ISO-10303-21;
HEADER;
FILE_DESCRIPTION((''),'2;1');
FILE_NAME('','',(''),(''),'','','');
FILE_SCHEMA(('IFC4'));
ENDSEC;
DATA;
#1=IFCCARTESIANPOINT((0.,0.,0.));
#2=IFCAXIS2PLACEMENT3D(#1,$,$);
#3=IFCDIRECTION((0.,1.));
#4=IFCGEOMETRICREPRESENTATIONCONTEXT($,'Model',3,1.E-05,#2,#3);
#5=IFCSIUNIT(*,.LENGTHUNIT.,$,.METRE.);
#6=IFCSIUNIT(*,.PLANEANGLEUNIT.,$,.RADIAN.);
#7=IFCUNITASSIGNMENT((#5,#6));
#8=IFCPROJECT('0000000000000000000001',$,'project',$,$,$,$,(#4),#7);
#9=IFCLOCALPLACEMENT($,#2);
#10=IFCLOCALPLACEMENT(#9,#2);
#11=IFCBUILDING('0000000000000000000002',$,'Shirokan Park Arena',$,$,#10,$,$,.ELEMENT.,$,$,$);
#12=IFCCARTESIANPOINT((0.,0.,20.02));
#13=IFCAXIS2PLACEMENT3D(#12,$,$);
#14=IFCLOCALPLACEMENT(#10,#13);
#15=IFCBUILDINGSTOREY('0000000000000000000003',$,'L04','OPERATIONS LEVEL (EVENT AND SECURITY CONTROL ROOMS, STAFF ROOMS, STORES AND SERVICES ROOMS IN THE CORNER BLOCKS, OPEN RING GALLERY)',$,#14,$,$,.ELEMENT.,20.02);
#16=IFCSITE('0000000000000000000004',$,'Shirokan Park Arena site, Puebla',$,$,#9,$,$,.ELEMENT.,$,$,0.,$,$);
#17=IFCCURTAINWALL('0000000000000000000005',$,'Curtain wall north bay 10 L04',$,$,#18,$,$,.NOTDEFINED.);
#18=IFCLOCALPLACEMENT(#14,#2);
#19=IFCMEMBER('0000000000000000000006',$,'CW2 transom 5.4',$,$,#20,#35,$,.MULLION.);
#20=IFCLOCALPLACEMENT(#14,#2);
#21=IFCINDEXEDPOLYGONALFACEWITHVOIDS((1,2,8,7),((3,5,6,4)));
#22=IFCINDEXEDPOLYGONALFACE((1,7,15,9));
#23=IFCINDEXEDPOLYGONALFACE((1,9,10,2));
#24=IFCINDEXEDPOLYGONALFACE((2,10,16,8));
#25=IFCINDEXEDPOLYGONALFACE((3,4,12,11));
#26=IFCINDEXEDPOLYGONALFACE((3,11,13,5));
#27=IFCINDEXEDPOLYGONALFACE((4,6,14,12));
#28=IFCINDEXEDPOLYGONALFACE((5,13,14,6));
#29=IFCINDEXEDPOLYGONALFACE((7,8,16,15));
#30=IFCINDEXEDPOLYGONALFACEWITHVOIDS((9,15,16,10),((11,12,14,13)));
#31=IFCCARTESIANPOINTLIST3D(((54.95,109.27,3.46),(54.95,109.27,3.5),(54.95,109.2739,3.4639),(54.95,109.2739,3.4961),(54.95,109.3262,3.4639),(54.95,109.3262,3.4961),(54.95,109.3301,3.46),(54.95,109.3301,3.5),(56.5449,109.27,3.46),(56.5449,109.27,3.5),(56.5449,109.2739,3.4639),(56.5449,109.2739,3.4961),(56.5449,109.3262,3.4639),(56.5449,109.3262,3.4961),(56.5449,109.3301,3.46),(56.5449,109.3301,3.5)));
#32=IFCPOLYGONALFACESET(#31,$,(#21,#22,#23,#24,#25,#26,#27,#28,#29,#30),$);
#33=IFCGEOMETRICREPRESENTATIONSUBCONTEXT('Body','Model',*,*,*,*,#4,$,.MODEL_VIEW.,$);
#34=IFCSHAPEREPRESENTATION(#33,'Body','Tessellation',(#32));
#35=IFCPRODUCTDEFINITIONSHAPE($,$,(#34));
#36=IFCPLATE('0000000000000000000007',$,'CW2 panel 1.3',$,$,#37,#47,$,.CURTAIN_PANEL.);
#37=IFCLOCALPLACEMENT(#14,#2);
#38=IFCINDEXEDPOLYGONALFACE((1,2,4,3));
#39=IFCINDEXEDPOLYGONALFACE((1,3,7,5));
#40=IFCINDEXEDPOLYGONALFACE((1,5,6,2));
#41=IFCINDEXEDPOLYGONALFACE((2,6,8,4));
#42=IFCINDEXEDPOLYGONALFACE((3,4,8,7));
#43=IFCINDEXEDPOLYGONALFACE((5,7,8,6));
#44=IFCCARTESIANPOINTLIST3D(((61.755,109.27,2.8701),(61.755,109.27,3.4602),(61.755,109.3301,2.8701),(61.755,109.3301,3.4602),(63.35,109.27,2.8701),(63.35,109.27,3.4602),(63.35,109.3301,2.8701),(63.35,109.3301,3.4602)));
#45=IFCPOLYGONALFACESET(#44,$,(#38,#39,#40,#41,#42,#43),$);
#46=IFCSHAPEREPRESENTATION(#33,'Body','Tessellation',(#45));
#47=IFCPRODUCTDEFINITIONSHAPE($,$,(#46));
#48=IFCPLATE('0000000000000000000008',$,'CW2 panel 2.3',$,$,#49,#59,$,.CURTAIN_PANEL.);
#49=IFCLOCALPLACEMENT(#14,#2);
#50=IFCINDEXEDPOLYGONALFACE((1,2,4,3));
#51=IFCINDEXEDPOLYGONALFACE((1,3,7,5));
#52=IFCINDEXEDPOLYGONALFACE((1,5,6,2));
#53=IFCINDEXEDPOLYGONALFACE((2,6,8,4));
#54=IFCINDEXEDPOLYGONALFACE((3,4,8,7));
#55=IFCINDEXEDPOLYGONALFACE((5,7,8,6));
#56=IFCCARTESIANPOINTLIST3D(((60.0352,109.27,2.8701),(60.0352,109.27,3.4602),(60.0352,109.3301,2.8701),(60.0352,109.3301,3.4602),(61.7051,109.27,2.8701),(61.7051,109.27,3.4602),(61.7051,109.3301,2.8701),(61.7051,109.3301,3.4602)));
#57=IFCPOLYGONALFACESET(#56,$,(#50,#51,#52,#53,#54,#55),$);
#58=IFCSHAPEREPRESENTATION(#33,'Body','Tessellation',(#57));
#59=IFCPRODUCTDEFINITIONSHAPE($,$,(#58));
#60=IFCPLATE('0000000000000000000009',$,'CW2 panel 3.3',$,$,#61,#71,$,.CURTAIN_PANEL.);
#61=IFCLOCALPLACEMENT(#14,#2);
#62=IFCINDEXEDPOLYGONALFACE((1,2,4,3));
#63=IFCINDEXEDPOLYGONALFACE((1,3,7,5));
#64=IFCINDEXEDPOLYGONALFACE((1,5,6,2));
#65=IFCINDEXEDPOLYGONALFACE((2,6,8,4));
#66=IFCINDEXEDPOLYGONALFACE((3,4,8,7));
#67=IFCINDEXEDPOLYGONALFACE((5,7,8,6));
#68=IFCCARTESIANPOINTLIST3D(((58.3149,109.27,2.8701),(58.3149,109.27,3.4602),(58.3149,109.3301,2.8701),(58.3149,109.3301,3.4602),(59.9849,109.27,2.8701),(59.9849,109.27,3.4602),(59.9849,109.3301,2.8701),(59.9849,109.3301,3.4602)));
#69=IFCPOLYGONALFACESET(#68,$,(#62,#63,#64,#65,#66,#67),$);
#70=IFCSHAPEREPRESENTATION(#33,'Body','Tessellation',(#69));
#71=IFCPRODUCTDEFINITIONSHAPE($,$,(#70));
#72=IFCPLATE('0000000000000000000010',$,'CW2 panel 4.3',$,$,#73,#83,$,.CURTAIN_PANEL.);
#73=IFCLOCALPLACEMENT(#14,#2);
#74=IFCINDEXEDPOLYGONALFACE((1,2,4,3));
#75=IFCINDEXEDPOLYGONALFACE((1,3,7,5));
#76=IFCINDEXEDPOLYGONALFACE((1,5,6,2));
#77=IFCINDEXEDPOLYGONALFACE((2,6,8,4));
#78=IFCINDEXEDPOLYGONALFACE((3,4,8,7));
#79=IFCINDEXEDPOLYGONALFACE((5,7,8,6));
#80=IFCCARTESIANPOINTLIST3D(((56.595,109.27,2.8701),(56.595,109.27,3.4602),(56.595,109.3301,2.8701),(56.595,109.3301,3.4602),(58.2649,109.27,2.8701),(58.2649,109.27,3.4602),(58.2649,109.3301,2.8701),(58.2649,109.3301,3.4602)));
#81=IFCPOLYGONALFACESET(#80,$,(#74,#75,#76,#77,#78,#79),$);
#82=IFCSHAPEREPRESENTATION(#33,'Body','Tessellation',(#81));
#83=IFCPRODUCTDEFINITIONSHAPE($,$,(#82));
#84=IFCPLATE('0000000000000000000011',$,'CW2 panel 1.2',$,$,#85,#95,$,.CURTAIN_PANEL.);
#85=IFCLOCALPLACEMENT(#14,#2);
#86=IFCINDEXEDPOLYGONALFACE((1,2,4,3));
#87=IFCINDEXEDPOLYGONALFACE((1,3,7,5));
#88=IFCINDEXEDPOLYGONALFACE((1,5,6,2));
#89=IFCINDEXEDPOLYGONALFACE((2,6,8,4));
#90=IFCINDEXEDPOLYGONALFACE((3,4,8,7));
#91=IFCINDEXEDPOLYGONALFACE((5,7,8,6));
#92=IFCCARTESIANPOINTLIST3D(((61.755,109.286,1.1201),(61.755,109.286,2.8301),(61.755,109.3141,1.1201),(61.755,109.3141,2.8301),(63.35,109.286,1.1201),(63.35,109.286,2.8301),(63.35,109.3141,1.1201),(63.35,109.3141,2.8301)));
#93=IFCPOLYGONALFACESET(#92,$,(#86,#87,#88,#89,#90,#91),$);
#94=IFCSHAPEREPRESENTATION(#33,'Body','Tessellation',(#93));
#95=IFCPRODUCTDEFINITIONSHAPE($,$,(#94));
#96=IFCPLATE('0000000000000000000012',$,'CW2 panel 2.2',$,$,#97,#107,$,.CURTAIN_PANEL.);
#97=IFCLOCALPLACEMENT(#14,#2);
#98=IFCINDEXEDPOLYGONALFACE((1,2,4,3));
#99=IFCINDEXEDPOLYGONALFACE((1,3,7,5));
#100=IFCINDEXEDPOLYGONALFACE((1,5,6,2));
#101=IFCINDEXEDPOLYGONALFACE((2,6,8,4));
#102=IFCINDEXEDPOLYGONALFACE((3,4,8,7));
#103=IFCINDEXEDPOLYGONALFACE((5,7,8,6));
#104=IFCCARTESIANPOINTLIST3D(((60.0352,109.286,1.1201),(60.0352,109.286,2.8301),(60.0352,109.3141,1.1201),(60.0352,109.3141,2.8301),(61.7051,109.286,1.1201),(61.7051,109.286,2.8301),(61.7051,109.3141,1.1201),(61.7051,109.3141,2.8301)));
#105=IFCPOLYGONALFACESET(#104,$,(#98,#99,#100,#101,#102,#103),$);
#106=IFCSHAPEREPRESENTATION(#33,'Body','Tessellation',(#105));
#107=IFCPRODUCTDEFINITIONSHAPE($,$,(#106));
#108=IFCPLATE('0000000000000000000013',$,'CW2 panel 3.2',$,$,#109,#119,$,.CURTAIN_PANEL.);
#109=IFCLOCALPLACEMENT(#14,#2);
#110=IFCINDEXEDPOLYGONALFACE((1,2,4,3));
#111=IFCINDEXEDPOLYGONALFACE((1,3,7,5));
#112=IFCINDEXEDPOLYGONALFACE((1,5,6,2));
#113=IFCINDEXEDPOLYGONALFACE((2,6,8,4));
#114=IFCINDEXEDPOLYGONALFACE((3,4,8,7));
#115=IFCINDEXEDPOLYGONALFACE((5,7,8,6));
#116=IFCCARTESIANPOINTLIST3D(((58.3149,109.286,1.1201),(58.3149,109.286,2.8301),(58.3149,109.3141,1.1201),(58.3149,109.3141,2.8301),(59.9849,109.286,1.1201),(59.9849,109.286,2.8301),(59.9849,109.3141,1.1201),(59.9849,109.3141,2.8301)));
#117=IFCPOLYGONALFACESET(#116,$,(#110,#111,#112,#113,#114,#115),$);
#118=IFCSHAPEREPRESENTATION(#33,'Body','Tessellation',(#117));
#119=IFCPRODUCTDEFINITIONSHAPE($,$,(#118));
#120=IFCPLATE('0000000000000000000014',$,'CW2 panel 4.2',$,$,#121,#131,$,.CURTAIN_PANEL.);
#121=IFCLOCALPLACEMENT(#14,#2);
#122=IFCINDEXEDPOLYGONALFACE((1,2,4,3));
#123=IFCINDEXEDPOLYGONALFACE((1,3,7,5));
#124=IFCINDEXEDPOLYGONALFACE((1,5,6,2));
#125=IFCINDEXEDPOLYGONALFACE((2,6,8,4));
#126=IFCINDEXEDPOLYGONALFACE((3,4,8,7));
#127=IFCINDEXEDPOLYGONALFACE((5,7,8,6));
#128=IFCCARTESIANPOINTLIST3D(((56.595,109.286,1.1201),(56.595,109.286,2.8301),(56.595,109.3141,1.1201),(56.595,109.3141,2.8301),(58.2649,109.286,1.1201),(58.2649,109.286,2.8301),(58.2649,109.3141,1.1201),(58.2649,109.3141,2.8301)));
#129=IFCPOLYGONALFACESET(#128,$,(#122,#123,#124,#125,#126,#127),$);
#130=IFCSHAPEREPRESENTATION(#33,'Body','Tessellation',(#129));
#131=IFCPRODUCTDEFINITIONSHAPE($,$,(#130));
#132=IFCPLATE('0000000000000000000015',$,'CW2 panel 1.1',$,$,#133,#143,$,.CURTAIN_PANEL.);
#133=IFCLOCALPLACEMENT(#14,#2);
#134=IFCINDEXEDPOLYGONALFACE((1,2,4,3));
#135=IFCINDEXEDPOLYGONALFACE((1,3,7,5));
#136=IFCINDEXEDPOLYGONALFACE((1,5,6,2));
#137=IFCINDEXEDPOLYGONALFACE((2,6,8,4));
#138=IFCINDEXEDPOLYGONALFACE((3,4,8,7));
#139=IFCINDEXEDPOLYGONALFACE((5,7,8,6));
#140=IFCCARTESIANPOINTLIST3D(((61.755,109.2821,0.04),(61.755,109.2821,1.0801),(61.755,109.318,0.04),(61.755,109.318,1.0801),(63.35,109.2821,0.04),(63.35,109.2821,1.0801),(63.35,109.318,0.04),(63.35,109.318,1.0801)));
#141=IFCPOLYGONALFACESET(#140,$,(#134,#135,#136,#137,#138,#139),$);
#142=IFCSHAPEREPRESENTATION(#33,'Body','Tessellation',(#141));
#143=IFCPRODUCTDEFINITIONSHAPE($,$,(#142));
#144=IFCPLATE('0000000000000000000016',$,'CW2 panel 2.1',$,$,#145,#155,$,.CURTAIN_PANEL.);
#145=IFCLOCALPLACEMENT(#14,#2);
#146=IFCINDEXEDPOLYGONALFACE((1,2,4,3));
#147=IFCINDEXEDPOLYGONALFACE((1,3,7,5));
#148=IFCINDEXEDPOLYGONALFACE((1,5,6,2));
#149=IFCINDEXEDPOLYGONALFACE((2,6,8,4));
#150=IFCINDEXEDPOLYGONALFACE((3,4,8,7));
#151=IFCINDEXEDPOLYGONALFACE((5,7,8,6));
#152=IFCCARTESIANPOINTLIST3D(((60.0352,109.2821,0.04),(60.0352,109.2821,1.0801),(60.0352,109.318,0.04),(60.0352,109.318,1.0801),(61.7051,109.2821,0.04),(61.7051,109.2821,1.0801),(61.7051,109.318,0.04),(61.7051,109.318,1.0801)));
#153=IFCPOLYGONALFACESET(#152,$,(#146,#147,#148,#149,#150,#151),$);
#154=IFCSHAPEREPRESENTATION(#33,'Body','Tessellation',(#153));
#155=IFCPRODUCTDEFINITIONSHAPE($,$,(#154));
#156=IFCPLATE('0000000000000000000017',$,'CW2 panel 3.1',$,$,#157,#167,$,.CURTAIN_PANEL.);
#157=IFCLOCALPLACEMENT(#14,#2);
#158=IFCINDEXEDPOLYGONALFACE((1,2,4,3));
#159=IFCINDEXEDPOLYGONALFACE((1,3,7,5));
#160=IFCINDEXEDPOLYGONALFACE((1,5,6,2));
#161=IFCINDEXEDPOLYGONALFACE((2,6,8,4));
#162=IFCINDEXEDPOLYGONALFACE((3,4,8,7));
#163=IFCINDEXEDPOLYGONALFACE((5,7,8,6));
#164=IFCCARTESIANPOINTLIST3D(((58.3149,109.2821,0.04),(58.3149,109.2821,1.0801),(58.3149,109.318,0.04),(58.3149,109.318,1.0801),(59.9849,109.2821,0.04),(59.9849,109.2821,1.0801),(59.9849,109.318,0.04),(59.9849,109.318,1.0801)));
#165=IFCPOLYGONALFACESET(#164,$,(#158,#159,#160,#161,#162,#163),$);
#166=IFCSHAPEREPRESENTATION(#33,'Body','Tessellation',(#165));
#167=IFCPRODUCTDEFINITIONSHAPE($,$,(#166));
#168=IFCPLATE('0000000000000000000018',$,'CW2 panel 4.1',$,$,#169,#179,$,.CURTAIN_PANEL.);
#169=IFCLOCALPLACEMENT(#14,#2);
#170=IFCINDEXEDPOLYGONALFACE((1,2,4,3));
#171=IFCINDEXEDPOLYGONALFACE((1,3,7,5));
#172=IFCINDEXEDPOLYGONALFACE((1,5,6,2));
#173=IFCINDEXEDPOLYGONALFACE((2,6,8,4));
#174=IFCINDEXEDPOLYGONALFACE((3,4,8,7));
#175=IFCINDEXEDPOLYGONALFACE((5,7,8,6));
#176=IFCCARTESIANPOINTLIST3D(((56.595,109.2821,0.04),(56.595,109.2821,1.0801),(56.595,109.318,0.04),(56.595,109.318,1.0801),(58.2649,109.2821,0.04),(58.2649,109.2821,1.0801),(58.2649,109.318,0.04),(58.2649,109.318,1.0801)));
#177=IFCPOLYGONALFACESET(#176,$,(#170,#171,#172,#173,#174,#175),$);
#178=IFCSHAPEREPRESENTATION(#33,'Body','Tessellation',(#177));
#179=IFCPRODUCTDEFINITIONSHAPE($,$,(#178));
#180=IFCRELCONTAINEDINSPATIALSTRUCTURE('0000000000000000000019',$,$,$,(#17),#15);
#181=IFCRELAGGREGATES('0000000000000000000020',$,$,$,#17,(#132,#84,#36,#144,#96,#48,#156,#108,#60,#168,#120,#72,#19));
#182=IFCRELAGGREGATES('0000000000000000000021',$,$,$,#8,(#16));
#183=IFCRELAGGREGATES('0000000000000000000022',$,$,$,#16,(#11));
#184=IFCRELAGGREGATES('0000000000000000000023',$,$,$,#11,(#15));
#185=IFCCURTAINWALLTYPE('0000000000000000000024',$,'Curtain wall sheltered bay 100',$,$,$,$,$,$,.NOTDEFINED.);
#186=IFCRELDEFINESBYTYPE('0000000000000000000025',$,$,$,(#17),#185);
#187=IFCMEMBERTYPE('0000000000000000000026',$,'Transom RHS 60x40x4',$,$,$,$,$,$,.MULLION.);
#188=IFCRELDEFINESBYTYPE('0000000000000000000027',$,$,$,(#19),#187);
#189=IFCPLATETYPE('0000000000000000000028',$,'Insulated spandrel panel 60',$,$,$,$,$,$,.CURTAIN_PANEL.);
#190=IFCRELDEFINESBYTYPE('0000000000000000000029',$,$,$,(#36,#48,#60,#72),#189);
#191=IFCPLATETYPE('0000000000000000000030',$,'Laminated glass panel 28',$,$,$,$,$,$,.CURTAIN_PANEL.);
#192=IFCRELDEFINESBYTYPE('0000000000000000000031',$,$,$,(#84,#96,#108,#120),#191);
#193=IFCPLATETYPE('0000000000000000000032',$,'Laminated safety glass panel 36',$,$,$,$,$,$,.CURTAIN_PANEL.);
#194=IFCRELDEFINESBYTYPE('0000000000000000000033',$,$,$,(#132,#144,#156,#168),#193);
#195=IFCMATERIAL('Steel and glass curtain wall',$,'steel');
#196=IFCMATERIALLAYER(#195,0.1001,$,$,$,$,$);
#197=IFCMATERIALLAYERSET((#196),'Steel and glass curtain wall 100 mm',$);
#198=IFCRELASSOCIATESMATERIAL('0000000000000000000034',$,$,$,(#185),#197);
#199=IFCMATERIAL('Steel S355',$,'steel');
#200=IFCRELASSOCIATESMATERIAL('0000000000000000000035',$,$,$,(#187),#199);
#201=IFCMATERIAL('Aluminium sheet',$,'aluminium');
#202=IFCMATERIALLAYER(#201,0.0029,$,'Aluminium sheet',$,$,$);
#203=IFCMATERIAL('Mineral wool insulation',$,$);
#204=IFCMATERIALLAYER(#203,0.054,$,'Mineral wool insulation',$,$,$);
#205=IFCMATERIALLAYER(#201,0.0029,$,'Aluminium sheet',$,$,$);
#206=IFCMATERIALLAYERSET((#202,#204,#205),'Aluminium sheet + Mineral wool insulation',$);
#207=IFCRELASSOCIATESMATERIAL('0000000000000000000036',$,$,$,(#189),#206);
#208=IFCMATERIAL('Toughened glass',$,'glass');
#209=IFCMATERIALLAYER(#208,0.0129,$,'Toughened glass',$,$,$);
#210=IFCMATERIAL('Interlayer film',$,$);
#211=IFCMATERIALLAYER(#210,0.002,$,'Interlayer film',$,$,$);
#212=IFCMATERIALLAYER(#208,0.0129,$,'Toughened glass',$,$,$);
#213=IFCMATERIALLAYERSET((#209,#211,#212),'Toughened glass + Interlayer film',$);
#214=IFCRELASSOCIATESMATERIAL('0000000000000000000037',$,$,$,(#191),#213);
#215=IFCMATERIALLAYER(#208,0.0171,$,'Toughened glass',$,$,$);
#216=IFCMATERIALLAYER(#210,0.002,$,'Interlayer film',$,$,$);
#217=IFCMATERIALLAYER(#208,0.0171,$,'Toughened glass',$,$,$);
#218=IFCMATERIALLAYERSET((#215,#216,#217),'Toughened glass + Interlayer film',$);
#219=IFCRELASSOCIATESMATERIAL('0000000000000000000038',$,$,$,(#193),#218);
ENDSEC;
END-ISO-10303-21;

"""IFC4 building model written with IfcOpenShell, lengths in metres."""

from ifc_helpers import new_model, si_unit, direction, frame, origin, origin_2d, place, context, subcontext, project, spatial, rectangle, hollow_rectangle, extrude, material, layer, layer_set, material_profile, profile_set, type_object, element, aggregate, save


model = new_model("IFC4")

# Units and contexts
model_context = context("Model", 3, precision=1e-05, world=origin(), true_north=direction((0.0, 1.0)))
body_context = subcontext(model_context, "Body", "Model", "MODEL_VIEW")
ifc_project = project(units=[si_unit("LENGTHUNIT", "METRE"), si_unit("PLANEANGLEUNIT", "RADIAN")], contexts=[model_context])

# Site, building, storey
site_placement = place(None, origin())
site = spatial("IfcSite", under=ifc_project, at=site_placement, Name="Shirokan Park Arena site, Puebla", CompositionType="ELEMENT", RefElevation=0.0)
building_placement = place(site_placement, origin())
building = spatial("IfcBuilding", under=site, at=building_placement, Name="Shirokan Park Arena", CompositionType="ELEMENT")
storey_placement = place(building_placement, frame((0.0, 0.0, 20.02)))
storey = spatial("IfcBuildingStorey", under=building, at=storey_placement, Name="L04", Description="OPERATIONS LEVEL (EVENT AND SECURITY CONTROL ROOMS, STAFF ROOMS, STORES AND SERVICES ROOMS IN THE CORNER BLOCKS, OPEN RING GALLERY)", CompositionType="ELEMENT", Elevation=20.02)

# Curtain wall, member, plates
ifc_material_1 = material(Name="Steel and glass curtain wall", Category="steel")
ifc_layer_1 = layer(ifc_material_1, 0.1001)
ifc_layer_set_1 = layer_set([ifc_layer_1], Name="Steel and glass curtain wall 100 mm")
curtain_wall_type = type_object("IfcCurtainWallType", Name="Curtain wall sheltered bay 100", PredefinedType="NOTDEFINED", material=ifc_layer_set_1)
curtain_wall_placement = place(storey_placement, origin())
curtain_wall = element("IfcCurtainWall", 1, at=curtain_wall_placement, inside=storey, type_object=curtain_wall_type, Name="Curtain wall north bay 10 L04", PredefinedType="NOTDEFINED")
ifc_material_2 = material(Name="Steel S355", Category="steel")
ifc_material_profile_1 = material_profile(ifc_material_2, hollow_rectangle(XDim=0.0601, YDim=0.04, WallThickness=0.0039, at=origin_2d()), Name="RHS 60x40x4")
ifc_profile_set_1 = profile_set([ifc_material_profile_1], Name="Steel S355")
member_type_1 = type_object("IfcMemberType", Name="Transom RHS 60x40x4", PredefinedType="MULLION", material=ifc_profile_set_1)
member_1_placement = place(storey_placement, frame((56.5449, 109.3, 3.48), z_axis=(-1.0, 0.0, 0.0), x_axis=(0.0, -1.0, 0.0)))
member_1 = element("IfcMember", 2, at=member_1_placement, type_object=member_type_1, Name="CW2 transom 5.4", PredefinedType="MULLION", context=body_context, shape_type="SweptSolid", body=[
    extrude(hollow_rectangle(XDim=0.0601, YDim=0.04, WallThickness=0.0039, at=origin_2d()), origin(), (0.0, 0.0, 1.0), 1.595),
])
ifc_material_3 = material(Name="Aluminium sheet", Category="aluminium")
ifc_layer_2 = layer(ifc_material_3, 0.0029, Name="Aluminium sheet")
ifc_material_4 = material(Name="Mineral wool insulation")
ifc_layer_3 = layer(ifc_material_4, 0.054, Name="Mineral wool insulation")
ifc_layer_4 = layer(ifc_material_3, 0.0029, Name="Aluminium sheet")
ifc_layer_set_2 = layer_set([ifc_layer_2, ifc_layer_3, ifc_layer_4], Name="Aluminium sheet + Mineral wool insulation")
plate_type_1 = type_object("IfcPlateType", Name="Insulated spandrel panel 60", PredefinedType="CURTAIN_PANEL", material=ifc_layer_set_2)
plate_1_placement = place(storey_placement, frame((62.5525, 109.3, 2.8701), z_axis=(0.0, 0.0, 1.0), x_axis=(-1.0, 0.0, 0.0)))
plate_1 = element("IfcPlate", 3, at=plate_1_placement, type_object=plate_type_1, Name="CW2 panel 1.3", PredefinedType="CURTAIN_PANEL", context=body_context, shape_type="SweptSolid", body=[
    extrude(rectangle(XDim=1.595, YDim=0.0601, at=origin_2d()), origin(), (0.0, 0.0, 1.0), 0.5901),
])
plate_2_placement = place(storey_placement, frame((60.8701, 109.3, 2.8701), z_axis=(0.0, 0.0, 1.0), x_axis=(-1.0, 0.0, 0.0)))
plate_2 = element("IfcPlate", 4, at=plate_2_placement, type_object=plate_type_1, Name="CW2 panel 2.3", PredefinedType="CURTAIN_PANEL", context=body_context, shape_type="SweptSolid", body=[
    extrude(rectangle(XDim=1.6699, YDim=0.0601, at=origin_2d()), origin(), (0.0, 0.0, 1.0), 0.5901),
])
plate_3_placement = place(storey_placement, frame((59.1499, 109.3, 2.8701), z_axis=(0.0, 0.0, 1.0), x_axis=(-1.0, 0.0, 0.0)))
plate_3 = element("IfcPlate", 5, at=plate_3_placement, type_object=plate_type_1, Name="CW2 panel 3.3", PredefinedType="CURTAIN_PANEL", context=body_context, shape_type="SweptSolid", body=[
    extrude(rectangle(XDim=1.6699, YDim=0.0601, at=origin_2d()), origin(), (0.0, 0.0, 1.0), 0.5901),
])
plate_4_placement = place(storey_placement, frame((57.4299, 109.3, 2.8701), z_axis=(0.0, 0.0, 1.0), x_axis=(-1.0, 0.0, 0.0)))
plate_4 = element("IfcPlate", 6, at=plate_4_placement, type_object=plate_type_1, Name="CW2 panel 4.3", PredefinedType="CURTAIN_PANEL", context=body_context, shape_type="SweptSolid", body=[
    extrude(rectangle(XDim=1.6699, YDim=0.0601, at=origin_2d()), origin(), (0.0, 0.0, 1.0), 0.5901),
])
ifc_material_5 = material(Name="Toughened glass", Category="glass")
ifc_layer_5 = layer(ifc_material_5, 0.0129, Name="Toughened glass")
ifc_material_6 = material(Name="Interlayer film")
ifc_layer_6 = layer(ifc_material_6, 0.002, Name="Interlayer film")
ifc_layer_7 = layer(ifc_material_5, 0.0129, Name="Toughened glass")
ifc_layer_set_3 = layer_set([ifc_layer_5, ifc_layer_6, ifc_layer_7], Name="Toughened glass + Interlayer film")
plate_type_2 = type_object("IfcPlateType", Name="Laminated glass panel 28", PredefinedType="CURTAIN_PANEL", material=ifc_layer_set_3)
plate_5_placement = place(storey_placement, frame((62.5525, 109.3, 1.1201), z_axis=(0.0, 0.0, 1.0), x_axis=(-1.0, 0.0, 0.0)))
plate_5 = element("IfcPlate", 7, at=plate_5_placement, type_object=plate_type_2, Name="CW2 panel 1.2", PredefinedType="CURTAIN_PANEL", context=body_context, shape_type="SweptSolid", body=[
    extrude(rectangle(XDim=1.595, YDim=0.0281, at=origin_2d()), origin(), (0.0, 0.0, 1.0), 1.71),
])
plate_6_placement = place(storey_placement, frame((60.8701, 109.3, 1.1201), z_axis=(0.0, 0.0, 1.0), x_axis=(-1.0, 0.0, 0.0)))
plate_6 = element("IfcPlate", 8, at=plate_6_placement, type_object=plate_type_2, Name="CW2 panel 2.2", PredefinedType="CURTAIN_PANEL", context=body_context, shape_type="SweptSolid", body=[
    extrude(rectangle(XDim=1.6699, YDim=0.0281, at=origin_2d()), origin(), (0.0, 0.0, 1.0), 1.71),
])
plate_7_placement = place(storey_placement, frame((59.1499, 109.3, 1.1201), z_axis=(0.0, 0.0, 1.0), x_axis=(-1.0, 0.0, 0.0)))
plate_7 = element("IfcPlate", 9, at=plate_7_placement, type_object=plate_type_2, Name="CW2 panel 3.2", PredefinedType="CURTAIN_PANEL", context=body_context, shape_type="SweptSolid", body=[
    extrude(rectangle(XDim=1.6699, YDim=0.0281, at=origin_2d()), origin(), (0.0, 0.0, 1.0), 1.71),
])
plate_8_placement = place(storey_placement, frame((57.4299, 109.3, 1.1201), z_axis=(0.0, 0.0, 1.0), x_axis=(-1.0, 0.0, 0.0)))
plate_8 = element("IfcPlate", 10, at=plate_8_placement, type_object=plate_type_2, Name="CW2 panel 4.2", PredefinedType="CURTAIN_PANEL", context=body_context, shape_type="SweptSolid", body=[
    extrude(rectangle(XDim=1.6699, YDim=0.0281, at=origin_2d()), origin(), (0.0, 0.0, 1.0), 1.71),
])
ifc_layer_8 = layer(ifc_material_5, 0.0171, Name="Toughened glass")
ifc_layer_9 = layer(ifc_material_6, 0.002, Name="Interlayer film")
ifc_layer_10 = layer(ifc_material_5, 0.0171, Name="Toughened glass")
ifc_layer_set_4 = layer_set([ifc_layer_8, ifc_layer_9, ifc_layer_10], Name="Toughened glass + Interlayer film")
plate_type_3 = type_object("IfcPlateType", Name="Laminated safety glass panel 36", PredefinedType="CURTAIN_PANEL", material=ifc_layer_set_4)
plate_9_placement = place(storey_placement, frame((62.5525, 109.3, 0.04), z_axis=(0.0, 0.0, 1.0), x_axis=(-1.0, 0.0, 0.0)))
plate_9 = element("IfcPlate", 11, at=plate_9_placement, type_object=plate_type_3, Name="CW2 panel 1.1", PredefinedType="CURTAIN_PANEL", context=body_context, shape_type="SweptSolid", body=[
    extrude(rectangle(XDim=1.595, YDim=0.0359, at=origin_2d()), origin(), (0.0, 0.0, 1.0), 1.04),
])
plate_10_placement = place(storey_placement, frame((60.8701, 109.3, 0.04), z_axis=(0.0, 0.0, 1.0), x_axis=(-1.0, 0.0, 0.0)))
plate_10 = element("IfcPlate", 12, at=plate_10_placement, type_object=plate_type_3, Name="CW2 panel 2.1", PredefinedType="CURTAIN_PANEL", context=body_context, shape_type="SweptSolid", body=[
    extrude(rectangle(XDim=1.6699, YDim=0.0359, at=origin_2d()), origin(), (0.0, 0.0, 1.0), 1.04),
])
plate_11_placement = place(storey_placement, frame((59.1499, 109.3, 0.04), z_axis=(0.0, 0.0, 1.0), x_axis=(-1.0, 0.0, 0.0)))
plate_11 = element("IfcPlate", 13, at=plate_11_placement, type_object=plate_type_3, Name="CW2 panel 3.1", PredefinedType="CURTAIN_PANEL", context=body_context, shape_type="SweptSolid", body=[
    extrude(rectangle(XDim=1.6699, YDim=0.0359, at=origin_2d()), origin(), (0.0, 0.0, 1.0), 1.04),
])
plate_12_placement = place(storey_placement, frame((57.4299, 109.3, 0.04), z_axis=(0.0, 0.0, 1.0), x_axis=(-1.0, 0.0, 0.0)))
plate_12 = element("IfcPlate", 14, at=plate_12_placement, type_object=plate_type_3, Name="CW2 panel 4.1", PredefinedType="CURTAIN_PANEL", context=body_context, shape_type="SweptSolid", body=[
    extrude(rectangle(XDim=1.6699, YDim=0.0359, at=origin_2d()), origin(), (0.0, 0.0, 1.0), 1.04),
])
aggregate(curtain_wall, [plate_9, plate_5, plate_1, plate_10, plate_6, plate_2, plate_11, plate_7, plate_3, plate_12, plate_8, plate_4, member_1])

save(model, "model.ifc")
